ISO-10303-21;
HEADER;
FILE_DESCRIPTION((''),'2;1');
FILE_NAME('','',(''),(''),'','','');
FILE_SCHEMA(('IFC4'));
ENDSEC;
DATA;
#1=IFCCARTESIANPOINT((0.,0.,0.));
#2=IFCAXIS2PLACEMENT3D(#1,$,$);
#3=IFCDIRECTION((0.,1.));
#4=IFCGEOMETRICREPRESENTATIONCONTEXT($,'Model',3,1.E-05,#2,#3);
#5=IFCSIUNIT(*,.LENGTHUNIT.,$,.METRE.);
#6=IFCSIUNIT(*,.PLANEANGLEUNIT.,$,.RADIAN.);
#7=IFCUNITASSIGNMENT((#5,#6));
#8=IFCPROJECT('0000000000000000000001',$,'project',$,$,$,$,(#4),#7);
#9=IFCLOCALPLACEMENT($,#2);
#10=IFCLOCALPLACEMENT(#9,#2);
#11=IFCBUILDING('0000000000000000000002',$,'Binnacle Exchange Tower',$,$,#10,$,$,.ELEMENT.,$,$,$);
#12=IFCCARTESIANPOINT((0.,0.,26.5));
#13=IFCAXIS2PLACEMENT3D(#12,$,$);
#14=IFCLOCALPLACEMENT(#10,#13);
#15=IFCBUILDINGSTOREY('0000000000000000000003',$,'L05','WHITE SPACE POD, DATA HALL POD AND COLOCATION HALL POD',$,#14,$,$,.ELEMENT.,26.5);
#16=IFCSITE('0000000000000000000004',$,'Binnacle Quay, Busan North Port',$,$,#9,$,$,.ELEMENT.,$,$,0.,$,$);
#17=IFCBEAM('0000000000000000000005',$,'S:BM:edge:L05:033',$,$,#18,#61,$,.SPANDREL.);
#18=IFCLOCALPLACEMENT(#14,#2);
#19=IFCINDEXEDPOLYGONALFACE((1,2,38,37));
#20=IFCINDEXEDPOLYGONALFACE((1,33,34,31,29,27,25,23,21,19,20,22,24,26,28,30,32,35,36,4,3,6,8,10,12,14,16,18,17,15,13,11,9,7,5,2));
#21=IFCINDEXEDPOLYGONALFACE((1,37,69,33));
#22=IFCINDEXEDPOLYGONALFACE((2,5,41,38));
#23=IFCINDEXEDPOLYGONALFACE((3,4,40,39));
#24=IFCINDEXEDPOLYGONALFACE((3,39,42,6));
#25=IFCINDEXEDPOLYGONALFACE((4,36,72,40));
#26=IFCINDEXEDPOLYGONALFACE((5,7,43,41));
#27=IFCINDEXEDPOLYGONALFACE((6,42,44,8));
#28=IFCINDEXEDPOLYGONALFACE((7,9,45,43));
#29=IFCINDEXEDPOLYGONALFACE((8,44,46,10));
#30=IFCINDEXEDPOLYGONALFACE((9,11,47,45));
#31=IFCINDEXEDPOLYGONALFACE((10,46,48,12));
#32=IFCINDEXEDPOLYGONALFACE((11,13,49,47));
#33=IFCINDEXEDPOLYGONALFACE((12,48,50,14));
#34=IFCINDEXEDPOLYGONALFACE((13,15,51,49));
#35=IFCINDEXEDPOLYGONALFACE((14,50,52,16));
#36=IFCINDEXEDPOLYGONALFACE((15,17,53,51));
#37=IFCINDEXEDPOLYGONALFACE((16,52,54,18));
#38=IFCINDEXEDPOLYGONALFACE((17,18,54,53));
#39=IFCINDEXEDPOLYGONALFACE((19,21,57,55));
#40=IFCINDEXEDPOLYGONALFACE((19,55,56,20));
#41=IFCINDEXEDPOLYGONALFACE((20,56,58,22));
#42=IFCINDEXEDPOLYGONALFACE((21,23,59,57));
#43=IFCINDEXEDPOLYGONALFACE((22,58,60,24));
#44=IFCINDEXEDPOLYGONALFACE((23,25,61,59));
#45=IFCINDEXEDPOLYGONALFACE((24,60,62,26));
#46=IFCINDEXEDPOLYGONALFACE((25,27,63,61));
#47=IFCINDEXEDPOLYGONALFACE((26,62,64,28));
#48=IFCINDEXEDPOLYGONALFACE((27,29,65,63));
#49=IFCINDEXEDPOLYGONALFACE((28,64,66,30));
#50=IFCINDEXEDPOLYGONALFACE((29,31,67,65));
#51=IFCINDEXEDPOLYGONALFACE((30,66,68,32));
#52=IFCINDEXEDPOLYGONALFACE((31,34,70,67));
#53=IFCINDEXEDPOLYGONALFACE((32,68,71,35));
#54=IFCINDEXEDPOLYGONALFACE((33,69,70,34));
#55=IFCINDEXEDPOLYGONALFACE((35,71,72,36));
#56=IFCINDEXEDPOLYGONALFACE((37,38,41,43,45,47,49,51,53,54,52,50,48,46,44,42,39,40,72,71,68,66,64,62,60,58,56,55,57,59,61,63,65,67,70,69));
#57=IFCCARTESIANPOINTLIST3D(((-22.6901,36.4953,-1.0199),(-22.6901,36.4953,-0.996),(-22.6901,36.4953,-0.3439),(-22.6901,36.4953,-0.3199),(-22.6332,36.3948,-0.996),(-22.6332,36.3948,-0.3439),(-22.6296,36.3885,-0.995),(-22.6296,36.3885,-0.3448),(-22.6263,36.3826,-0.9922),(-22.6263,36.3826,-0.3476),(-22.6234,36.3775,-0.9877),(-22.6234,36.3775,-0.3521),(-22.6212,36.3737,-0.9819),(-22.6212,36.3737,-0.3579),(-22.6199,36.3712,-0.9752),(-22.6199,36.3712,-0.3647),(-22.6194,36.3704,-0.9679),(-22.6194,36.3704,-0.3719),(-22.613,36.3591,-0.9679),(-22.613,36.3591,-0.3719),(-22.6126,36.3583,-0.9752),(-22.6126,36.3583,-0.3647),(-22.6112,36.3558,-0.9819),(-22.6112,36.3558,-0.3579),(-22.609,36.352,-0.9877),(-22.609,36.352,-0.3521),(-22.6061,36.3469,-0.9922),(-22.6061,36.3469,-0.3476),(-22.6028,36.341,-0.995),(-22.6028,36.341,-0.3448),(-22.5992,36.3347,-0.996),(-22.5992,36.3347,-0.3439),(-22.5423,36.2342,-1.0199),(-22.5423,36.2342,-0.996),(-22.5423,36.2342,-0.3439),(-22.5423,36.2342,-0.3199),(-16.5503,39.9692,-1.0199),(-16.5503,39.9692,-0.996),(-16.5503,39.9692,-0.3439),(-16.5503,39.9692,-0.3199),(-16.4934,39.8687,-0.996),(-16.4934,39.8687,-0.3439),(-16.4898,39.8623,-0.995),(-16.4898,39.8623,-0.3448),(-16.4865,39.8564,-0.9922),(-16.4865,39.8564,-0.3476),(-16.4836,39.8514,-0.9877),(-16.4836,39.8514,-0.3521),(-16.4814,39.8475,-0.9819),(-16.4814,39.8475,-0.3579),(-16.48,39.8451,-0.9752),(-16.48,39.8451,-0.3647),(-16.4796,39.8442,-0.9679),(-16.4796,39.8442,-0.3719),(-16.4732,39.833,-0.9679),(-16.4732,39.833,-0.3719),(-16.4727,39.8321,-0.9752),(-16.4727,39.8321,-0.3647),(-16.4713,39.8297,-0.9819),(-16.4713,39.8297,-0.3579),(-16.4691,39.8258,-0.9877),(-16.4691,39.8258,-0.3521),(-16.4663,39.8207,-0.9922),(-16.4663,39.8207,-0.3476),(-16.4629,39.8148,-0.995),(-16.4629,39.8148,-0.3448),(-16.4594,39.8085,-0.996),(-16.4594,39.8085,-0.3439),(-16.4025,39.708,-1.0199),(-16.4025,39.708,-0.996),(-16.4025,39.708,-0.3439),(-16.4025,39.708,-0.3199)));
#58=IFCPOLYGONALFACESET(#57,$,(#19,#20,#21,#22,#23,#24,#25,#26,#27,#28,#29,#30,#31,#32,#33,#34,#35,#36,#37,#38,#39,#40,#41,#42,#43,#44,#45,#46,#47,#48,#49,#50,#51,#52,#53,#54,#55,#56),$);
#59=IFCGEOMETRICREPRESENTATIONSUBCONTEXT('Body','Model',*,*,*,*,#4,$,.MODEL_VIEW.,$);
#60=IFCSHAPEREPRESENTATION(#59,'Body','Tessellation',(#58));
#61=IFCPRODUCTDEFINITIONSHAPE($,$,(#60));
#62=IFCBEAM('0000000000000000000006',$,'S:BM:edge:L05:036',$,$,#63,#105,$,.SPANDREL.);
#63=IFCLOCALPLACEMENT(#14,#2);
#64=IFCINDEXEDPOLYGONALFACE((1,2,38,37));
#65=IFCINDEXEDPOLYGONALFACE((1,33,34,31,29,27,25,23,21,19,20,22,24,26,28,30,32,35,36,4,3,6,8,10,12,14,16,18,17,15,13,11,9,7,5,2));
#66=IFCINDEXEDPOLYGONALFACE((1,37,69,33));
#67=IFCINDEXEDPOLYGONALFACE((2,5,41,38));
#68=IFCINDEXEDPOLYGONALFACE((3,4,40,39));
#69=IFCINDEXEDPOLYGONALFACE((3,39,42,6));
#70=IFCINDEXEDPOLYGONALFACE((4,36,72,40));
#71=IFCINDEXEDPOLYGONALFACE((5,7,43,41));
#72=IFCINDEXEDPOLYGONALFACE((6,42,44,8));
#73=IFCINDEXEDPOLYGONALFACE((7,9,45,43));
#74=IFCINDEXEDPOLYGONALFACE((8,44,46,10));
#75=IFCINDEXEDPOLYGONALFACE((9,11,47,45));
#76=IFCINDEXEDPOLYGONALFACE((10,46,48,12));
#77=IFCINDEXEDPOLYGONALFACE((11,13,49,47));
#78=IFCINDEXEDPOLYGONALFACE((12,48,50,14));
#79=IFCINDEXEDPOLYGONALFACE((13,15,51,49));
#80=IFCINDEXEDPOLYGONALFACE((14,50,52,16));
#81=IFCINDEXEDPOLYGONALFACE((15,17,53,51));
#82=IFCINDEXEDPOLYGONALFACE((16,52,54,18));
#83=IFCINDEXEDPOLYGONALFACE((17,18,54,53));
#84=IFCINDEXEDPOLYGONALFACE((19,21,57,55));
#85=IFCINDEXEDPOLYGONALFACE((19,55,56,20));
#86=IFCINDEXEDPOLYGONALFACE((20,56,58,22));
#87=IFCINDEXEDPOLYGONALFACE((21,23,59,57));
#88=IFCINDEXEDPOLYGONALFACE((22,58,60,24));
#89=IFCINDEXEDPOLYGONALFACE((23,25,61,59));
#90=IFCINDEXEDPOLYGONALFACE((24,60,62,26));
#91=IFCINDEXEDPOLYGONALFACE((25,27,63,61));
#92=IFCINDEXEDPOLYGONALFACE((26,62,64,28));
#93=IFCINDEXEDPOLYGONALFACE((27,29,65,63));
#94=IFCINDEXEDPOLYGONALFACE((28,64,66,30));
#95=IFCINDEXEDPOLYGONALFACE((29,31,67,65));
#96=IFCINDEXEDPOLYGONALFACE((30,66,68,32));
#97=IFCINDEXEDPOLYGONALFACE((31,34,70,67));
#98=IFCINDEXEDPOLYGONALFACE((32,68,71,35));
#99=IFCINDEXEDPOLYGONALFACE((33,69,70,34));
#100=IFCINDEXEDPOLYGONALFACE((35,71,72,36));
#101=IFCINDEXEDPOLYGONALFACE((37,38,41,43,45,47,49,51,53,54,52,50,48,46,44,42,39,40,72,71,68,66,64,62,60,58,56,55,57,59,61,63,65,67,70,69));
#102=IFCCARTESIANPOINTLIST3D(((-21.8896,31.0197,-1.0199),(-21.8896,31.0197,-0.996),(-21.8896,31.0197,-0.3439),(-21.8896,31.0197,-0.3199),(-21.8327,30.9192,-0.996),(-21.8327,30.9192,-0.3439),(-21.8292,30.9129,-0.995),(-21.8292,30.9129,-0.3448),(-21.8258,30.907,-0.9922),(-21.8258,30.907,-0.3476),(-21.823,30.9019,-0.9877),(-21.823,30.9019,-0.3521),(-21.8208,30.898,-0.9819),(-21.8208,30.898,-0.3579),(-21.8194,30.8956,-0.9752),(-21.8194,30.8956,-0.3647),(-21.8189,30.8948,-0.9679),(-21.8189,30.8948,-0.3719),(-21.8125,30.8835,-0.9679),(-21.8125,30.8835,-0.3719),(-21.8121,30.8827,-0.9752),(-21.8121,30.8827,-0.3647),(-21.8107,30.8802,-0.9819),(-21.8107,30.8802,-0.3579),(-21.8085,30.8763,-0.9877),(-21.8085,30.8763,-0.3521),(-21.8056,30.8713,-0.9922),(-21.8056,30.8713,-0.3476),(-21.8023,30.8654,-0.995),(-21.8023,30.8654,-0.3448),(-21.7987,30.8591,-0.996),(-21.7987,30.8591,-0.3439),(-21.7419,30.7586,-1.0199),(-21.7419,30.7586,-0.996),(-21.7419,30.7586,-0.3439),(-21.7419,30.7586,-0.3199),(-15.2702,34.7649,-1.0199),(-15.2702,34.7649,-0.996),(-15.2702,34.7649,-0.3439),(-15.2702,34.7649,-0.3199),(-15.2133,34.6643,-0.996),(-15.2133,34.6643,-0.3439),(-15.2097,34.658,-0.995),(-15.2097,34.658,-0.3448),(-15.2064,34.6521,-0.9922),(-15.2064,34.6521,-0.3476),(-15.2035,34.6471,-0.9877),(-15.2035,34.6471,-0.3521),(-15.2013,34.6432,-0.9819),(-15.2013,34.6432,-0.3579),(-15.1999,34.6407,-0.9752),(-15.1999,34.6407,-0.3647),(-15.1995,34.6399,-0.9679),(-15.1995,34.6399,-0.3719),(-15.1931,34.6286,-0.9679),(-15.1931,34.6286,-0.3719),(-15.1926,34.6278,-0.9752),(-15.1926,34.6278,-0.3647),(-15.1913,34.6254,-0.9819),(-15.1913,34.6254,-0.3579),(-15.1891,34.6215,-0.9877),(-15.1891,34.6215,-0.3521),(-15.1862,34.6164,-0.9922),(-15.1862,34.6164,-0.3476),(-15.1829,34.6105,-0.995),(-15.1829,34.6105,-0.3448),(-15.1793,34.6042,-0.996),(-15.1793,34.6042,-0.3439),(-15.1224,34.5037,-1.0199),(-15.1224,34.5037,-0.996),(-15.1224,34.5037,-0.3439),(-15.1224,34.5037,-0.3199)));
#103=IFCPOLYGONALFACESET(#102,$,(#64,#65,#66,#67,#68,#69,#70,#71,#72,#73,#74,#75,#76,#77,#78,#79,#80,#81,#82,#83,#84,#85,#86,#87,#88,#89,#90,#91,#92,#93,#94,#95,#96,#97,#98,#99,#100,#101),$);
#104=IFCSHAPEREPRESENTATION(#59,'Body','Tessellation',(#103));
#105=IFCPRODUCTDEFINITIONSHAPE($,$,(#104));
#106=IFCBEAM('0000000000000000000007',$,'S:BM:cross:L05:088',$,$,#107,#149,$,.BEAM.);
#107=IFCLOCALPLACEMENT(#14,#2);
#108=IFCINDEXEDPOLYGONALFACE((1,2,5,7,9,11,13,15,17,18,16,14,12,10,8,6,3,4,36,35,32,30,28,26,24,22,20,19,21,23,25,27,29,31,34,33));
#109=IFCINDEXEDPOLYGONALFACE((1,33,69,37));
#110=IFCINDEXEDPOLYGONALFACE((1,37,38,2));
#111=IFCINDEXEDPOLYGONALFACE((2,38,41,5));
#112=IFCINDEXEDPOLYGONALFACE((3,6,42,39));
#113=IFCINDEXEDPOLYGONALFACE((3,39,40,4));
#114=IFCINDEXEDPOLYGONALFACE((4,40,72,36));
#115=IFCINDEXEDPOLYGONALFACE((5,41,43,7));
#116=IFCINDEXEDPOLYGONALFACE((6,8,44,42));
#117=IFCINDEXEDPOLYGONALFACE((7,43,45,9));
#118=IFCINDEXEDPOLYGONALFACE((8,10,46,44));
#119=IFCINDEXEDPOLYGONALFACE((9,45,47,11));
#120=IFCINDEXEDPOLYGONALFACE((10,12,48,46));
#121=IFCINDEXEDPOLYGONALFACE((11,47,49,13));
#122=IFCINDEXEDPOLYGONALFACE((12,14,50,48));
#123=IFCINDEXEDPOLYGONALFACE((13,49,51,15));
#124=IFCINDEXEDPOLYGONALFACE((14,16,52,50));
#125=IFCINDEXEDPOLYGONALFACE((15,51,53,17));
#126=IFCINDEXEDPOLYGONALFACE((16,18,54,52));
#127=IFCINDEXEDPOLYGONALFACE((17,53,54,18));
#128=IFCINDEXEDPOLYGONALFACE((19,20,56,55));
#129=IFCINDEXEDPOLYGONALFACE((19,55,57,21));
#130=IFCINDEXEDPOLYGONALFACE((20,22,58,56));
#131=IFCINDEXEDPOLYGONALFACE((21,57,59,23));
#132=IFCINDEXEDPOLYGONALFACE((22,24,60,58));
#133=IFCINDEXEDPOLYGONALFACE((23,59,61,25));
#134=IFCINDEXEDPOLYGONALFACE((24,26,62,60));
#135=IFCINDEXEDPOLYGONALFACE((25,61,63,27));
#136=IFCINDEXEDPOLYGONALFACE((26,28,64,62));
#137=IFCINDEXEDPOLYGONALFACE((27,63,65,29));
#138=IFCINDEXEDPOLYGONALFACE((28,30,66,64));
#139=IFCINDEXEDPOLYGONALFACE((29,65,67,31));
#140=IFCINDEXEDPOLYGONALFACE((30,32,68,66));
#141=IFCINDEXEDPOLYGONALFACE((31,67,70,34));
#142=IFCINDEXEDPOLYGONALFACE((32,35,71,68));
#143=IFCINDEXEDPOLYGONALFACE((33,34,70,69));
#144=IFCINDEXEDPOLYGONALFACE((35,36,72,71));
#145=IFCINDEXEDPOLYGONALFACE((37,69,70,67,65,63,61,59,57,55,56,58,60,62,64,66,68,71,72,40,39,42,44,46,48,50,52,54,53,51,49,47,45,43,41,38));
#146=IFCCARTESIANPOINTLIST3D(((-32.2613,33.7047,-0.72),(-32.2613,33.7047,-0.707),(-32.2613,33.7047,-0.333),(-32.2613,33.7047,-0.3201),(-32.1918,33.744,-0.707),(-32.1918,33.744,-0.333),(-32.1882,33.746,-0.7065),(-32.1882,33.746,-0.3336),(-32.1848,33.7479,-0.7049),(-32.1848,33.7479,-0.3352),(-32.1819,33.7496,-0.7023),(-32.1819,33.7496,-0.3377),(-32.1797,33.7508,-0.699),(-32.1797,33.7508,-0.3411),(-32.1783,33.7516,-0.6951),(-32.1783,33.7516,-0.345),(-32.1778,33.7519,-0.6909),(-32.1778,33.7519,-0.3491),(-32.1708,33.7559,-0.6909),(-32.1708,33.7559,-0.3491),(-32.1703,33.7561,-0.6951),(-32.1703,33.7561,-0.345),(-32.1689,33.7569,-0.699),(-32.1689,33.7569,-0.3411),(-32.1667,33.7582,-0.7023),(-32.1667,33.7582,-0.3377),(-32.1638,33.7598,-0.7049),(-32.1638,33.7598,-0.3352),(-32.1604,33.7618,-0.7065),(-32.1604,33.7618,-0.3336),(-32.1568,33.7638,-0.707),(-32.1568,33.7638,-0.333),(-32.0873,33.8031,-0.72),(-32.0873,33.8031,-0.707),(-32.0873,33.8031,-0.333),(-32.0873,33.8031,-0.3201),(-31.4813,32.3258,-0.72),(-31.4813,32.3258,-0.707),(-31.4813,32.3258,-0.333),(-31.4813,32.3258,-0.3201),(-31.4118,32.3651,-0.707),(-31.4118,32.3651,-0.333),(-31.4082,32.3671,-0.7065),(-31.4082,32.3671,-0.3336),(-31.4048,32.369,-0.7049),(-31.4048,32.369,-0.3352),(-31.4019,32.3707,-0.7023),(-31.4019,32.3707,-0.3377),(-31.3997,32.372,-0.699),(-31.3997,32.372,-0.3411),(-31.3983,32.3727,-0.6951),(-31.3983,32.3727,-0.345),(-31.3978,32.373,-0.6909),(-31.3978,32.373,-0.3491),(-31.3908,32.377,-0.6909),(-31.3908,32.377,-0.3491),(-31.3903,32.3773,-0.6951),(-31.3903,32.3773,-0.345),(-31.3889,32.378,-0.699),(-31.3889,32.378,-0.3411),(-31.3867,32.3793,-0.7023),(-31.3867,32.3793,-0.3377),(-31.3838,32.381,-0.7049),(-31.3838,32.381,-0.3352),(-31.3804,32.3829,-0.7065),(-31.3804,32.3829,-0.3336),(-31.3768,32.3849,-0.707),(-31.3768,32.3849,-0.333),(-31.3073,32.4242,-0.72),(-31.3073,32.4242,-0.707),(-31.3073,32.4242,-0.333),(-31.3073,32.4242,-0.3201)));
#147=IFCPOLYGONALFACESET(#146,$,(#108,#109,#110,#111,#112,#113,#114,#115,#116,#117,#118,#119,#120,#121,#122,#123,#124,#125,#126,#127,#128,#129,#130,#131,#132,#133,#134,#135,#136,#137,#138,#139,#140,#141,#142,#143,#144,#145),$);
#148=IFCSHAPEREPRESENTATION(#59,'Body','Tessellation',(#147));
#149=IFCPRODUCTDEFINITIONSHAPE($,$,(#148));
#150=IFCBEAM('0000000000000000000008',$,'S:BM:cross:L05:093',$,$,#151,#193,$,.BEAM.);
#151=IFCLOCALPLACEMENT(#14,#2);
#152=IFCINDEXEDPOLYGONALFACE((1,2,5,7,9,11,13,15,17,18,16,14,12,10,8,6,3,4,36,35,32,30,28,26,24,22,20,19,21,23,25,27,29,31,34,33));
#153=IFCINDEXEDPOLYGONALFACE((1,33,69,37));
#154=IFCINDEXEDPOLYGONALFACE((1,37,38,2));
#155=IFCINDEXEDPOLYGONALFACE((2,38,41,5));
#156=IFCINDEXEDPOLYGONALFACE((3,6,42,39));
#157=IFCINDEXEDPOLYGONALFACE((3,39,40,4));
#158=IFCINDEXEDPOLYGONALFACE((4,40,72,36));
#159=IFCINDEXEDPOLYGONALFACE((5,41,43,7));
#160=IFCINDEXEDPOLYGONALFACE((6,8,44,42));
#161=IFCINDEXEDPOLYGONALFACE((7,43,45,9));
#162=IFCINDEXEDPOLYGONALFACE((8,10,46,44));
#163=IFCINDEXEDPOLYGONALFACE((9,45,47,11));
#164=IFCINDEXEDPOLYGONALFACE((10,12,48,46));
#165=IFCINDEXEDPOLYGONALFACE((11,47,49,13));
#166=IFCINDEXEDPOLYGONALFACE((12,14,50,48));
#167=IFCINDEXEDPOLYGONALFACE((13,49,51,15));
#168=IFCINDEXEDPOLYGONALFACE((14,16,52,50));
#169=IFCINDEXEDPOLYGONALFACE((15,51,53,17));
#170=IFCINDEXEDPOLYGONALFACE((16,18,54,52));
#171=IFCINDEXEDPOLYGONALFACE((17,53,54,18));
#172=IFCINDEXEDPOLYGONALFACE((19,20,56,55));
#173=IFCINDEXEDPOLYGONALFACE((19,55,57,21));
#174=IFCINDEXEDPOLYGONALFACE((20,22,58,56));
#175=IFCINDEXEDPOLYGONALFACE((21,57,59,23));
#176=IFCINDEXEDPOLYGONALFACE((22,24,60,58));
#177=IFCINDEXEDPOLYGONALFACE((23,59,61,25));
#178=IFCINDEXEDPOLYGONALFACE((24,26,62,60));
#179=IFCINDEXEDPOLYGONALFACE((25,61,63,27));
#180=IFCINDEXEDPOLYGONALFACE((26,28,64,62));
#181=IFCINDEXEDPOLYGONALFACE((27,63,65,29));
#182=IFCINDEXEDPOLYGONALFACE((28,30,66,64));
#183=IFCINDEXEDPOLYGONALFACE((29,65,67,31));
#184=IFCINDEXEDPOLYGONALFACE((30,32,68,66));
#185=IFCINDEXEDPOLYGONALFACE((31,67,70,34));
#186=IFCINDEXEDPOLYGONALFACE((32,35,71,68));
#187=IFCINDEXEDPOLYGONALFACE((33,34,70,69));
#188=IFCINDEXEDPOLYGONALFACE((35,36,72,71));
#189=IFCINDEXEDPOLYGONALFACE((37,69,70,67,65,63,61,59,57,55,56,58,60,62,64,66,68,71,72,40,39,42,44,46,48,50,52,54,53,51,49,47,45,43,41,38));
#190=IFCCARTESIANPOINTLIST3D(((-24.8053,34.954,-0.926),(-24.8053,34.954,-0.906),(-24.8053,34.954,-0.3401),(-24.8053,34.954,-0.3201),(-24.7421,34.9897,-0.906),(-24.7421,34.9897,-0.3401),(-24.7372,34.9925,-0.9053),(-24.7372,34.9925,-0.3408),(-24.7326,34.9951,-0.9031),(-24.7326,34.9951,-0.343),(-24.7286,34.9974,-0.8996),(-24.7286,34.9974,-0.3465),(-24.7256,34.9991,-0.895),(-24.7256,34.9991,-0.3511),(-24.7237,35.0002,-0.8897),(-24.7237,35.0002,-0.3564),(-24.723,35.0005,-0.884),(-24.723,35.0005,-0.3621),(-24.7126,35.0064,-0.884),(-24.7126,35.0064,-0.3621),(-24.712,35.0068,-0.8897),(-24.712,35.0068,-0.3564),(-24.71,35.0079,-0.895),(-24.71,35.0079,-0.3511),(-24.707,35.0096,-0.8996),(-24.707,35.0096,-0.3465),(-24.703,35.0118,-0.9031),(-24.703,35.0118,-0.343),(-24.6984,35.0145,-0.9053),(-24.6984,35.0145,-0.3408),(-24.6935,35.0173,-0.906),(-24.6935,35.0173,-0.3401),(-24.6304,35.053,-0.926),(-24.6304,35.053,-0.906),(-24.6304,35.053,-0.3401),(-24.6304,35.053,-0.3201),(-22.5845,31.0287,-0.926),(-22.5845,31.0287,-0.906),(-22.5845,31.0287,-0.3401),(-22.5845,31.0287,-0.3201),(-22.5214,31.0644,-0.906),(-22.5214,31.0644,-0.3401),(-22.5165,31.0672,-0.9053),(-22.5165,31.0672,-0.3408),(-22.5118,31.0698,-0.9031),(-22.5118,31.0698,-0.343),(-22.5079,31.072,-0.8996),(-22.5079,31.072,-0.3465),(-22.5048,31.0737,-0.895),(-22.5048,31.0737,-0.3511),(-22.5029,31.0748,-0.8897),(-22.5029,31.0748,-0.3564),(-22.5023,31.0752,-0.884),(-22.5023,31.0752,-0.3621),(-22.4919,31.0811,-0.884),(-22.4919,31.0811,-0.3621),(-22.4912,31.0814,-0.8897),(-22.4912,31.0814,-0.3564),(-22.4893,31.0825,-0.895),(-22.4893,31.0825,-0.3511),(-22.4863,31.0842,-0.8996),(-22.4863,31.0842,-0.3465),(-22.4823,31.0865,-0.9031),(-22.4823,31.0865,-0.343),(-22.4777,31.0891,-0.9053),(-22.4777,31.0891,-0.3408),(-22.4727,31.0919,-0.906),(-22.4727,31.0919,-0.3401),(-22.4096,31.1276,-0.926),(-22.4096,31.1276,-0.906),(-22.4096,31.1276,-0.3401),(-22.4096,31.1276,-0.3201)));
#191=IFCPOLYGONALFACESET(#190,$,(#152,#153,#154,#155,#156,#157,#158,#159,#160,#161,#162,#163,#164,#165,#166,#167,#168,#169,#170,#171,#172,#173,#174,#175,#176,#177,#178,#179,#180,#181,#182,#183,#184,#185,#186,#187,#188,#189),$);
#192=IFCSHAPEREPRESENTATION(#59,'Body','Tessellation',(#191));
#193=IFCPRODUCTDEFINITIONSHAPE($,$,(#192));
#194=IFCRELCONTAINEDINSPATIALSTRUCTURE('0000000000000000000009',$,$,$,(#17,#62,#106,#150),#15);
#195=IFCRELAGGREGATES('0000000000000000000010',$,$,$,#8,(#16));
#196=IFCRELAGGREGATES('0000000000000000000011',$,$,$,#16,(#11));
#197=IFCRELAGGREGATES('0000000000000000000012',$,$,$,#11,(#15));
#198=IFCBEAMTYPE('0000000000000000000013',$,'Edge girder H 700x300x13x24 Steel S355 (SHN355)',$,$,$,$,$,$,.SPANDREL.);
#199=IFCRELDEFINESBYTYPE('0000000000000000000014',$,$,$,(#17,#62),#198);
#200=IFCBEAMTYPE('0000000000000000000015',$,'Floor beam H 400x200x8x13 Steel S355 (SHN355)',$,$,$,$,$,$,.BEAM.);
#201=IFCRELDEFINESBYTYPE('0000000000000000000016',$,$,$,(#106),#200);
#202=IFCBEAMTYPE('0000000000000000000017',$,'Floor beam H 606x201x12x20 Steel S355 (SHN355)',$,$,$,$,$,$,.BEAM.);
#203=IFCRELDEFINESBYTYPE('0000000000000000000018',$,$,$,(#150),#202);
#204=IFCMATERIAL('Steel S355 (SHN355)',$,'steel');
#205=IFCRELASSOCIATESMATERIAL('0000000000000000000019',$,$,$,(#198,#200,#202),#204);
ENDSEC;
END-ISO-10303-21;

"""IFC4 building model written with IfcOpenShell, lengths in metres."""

from ifc_helpers import new_model, si_unit, direction, frame, origin, origin_2d, place, context, subcontext, project, spatial, i_section, extrude, material, material_profile, profile_set, type_object, element, save


model = new_model("IFC4")

# Units and contexts
model_context = context("Model", 3, precision=1e-05, world=origin(), true_north=direction((0.0, 1.0)))
body_context = subcontext(model_context, "Body", "Model", "MODEL_VIEW")
ifc_project = project(units=[si_unit("LENGTHUNIT", "METRE"), si_unit("PLANEANGLEUNIT", "RADIAN")], contexts=[model_context])

# Site, building, storey
site_placement = place(None, origin())
site = spatial("IfcSite", under=ifc_project, at=site_placement, Name="Binnacle Quay, Busan North Port", CompositionType="ELEMENT", RefElevation=0.0)
building_placement = place(site_placement, origin())
building = spatial("IfcBuilding", under=site, at=building_placement, Name="Binnacle Exchange Tower", CompositionType="ELEMENT")
storey_placement = place(building_placement, frame((0.0, 0.0, 26.5)))
storey = spatial("IfcBuildingStorey", under=building, at=storey_placement, Name="L05", Description="WHITE SPACE POD, DATA HALL POD AND COLOCATION HALL POD", CompositionType="ELEMENT", Elevation=26.5)

# Beams
ifc_material_1 = material(Name="Steel S355 (SHN355)", Category="steel")
ifc_material_profile_1 = material_profile(ifc_material_1, i_section(OverallWidth=0.3, OverallDepth=0.7, WebThickness=0.0129, FlangeThickness=0.0239, FilletRadius=0.0281, at=origin_2d()), Name="H 700x300x13x24")
ifc_profile_set_1 = profile_set([ifc_material_profile_1], Name="Steel S355 (SHN355)")
beam_type_1 = type_object("IfcBeamType", Name="Edge girder H 700x300x13x24 Steel S355 (SHN355)", PredefinedType="SPANDREL", material=ifc_profile_set_1)
beam_1_placement = place(storey_placement, frame((-22.6162, 36.3647, -0.6699), z_axis=(0.87035, 0.492434, 0.0), x_axis=(-0.492434, 0.87035, 0.0)))
element("IfcBeam", 1, at=beam_1_placement, inside=storey, type_object=beam_type_1, Name="S:BM:edge:L05:033", PredefinedType="SPANDREL", context=body_context, shape_type="SweptSolid", body=[
    extrude(i_section(OverallWidth=0.3, OverallDepth=0.7, WebThickness=0.0129, FlangeThickness=0.0239, FilletRadius=0.0281, at=origin_2d()), origin(), (0.0, 0.0, 1.0), 7.0544),
])
beam_2_placement = place(storey_placement, frame((-15.1963, 34.6343, -0.6699), z_axis=(-0.870353, -0.492428, 0.0), x_axis=(0.492428, -0.870353, 0.0)))
element("IfcBeam", 2, at=beam_2_placement, inside=storey, type_object=beam_type_1, Name="S:BM:edge:L05:036", PredefinedType="SPANDREL", context=body_context, shape_type="SweptSolid", body=[
    extrude(i_section(OverallWidth=0.3, OverallDepth=0.7, WebThickness=0.0129, FlangeThickness=0.0239, FilletRadius=0.0281, at=origin_2d()), origin(), (0.0, 0.0, 1.0), 7.6055),
])
ifc_material_profile_2 = material_profile(ifc_material_1, i_section(OverallWidth=0.2, OverallDepth=0.3999, WebThickness=0.0081, FlangeThickness=0.0129, FilletRadius=0.0161, at=origin_2d()), Name="H 400x200x8x13")
ifc_profile_set_2 = profile_set([ifc_material_profile_2], Name="Steel S355 (SHN355)")
beam_type_2 = type_object("IfcBeamType", Name="Floor beam H 400x200x8x13 Steel S355 (SHN355)", PredefinedType="BEAM", material=ifc_profile_set_2)
beam_3_placement = place(storey_placement, frame((-31.3943, 32.375, -0.52), z_axis=(-0.492367, 0.870388, 0.0), x_axis=(-0.870388, -0.492367, 0.0)))
element("IfcBeam", 3, at=beam_3_placement, inside=storey, type_object=beam_type_2, Name="S:BM:cross:L05:088", PredefinedType="BEAM", context=body_context, shape_type="SweptSolid", body=[
    extrude(i_section(OverallWidth=0.2, OverallDepth=0.3999, WebThickness=0.0081, FlangeThickness=0.0129, FilletRadius=0.0161, at=origin_2d()), origin(), (0.0, 0.0, 1.0), 1.5842),
])
ifc_material_profile_3 = material_profile(ifc_material_1, i_section(OverallWidth=0.2009, OverallDepth=0.606, WebThickness=0.012, FlangeThickness=0.02, FilletRadius=0.022, at=origin_2d()), Name="H 606x201x12x20")
ifc_profile_set_3 = profile_set([ifc_material_profile_3], Name="Steel S355 (SHN355)")
beam_type_3 = type_object("IfcBeamType", Name="Floor beam H 606x201x12x20 Steel S355 (SHN355)", PredefinedType="BEAM", material=ifc_profile_set_3)
for number, where, z_axis, x_axis, name in (
    (4, (-22.4971, 31.0781, -0.623), (-0.492403, 0.870367, 0.0), (-0.870367, -0.492403, 0.0), "S:BM:cross:L05:093"),
):
    element("IfcBeam", number, at=place(storey_placement, frame(where, z_axis=z_axis, x_axis=x_axis)), inside=storey, type_object=beam_type_3, Name=name, PredefinedType="BEAM", context=body_context, shape_type="SweptSolid", body=[
        extrude(i_section(OverallWidth=0.2009, OverallDepth=0.606, WebThickness=0.012, FlangeThickness=0.02, FilletRadius=0.022, at=origin_2d()), origin(), (0.0, 0.0, 1.0), 4.51),
    ])

save(model, "model.ifc")
